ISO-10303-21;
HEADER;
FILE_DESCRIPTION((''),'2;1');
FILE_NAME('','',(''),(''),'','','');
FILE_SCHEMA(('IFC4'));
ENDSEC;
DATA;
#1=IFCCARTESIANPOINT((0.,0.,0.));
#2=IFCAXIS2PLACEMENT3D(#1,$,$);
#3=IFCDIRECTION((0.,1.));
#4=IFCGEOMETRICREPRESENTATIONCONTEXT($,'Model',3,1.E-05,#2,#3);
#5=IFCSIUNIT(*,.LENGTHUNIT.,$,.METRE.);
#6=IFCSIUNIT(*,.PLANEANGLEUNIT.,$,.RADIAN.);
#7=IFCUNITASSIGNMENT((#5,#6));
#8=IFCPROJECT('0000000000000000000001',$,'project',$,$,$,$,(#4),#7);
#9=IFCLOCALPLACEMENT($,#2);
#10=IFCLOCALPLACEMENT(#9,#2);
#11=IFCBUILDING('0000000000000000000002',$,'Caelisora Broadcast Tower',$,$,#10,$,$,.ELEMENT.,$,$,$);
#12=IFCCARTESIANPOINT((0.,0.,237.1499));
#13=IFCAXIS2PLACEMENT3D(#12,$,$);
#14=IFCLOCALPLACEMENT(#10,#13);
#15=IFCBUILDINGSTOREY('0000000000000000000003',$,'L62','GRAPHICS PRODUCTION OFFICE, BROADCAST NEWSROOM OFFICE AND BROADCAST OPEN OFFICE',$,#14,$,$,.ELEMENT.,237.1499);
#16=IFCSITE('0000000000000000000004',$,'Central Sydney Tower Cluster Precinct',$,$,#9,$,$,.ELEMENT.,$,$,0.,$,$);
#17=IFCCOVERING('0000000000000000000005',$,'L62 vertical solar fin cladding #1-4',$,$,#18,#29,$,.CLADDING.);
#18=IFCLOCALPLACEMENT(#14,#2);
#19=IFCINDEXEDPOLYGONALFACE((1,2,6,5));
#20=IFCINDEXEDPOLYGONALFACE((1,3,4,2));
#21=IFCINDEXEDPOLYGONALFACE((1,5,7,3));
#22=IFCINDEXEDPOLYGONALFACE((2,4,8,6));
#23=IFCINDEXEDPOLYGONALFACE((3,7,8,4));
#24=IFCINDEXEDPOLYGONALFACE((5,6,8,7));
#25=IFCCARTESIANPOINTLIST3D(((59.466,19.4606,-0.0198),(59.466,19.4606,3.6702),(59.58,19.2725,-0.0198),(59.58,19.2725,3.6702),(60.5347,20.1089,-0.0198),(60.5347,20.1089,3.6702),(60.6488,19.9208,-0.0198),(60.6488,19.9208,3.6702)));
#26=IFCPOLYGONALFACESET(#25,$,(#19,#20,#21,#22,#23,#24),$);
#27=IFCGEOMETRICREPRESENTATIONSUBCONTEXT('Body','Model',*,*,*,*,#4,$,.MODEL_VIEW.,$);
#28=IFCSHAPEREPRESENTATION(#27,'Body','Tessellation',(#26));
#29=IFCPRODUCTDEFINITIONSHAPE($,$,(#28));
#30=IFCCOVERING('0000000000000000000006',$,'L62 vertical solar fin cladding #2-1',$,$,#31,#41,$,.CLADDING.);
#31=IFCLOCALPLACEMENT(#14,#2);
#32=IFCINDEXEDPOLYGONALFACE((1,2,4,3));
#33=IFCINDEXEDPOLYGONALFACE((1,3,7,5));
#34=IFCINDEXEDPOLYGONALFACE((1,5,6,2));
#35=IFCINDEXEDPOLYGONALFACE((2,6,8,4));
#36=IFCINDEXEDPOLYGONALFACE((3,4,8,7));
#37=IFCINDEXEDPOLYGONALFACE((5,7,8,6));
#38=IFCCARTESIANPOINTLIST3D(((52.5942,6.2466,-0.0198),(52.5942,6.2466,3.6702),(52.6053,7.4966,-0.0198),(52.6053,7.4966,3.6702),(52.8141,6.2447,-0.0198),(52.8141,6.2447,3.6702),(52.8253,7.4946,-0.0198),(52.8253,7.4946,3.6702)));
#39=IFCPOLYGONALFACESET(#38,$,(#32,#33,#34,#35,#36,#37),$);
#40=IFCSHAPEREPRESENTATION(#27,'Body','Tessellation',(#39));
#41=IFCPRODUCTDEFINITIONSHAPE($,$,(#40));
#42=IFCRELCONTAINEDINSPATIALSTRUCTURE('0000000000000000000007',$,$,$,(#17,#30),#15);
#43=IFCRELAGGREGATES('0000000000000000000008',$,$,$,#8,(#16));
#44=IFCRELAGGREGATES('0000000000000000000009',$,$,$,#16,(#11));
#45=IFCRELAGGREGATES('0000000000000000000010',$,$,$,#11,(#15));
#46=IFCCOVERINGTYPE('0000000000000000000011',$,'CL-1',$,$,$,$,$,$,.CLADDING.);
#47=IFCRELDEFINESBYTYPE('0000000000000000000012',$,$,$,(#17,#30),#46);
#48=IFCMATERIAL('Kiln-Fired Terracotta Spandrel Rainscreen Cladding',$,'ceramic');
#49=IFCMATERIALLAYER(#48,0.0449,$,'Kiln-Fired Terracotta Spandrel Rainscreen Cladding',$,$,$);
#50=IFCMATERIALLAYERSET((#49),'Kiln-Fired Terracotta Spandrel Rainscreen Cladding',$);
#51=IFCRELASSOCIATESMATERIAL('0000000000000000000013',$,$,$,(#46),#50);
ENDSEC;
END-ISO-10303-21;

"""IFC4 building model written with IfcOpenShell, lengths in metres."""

from ifc_helpers import new_model, si_unit, direction, frame, origin, origin_2d, place, context, subcontext, project, spatial, rectangle, extrude, source, transform, mapped, material, layer, layer_set, type_object, type_shapes, element, save


model = new_model("IFC4")

# Units and contexts
model_context = context("Model", 3, precision=1e-05, world=origin(), true_north=direction((0.0, 1.0)))
body_context = subcontext(model_context, "Body", "Model", "MODEL_VIEW")
ifc_project = project(units=[si_unit("LENGTHUNIT", "METRE"), si_unit("PLANEANGLEUNIT", "RADIAN")], contexts=[model_context])

# Site, building, storey
site_placement = place(None, origin())
site = spatial("IfcSite", under=ifc_project, at=site_placement, Name="Central Sydney Tower Cluster Precinct", CompositionType="ELEMENT", RefElevation=0.0)
building_placement = place(site_placement, origin())
building = spatial("IfcBuilding", under=site, at=building_placement, Name="Caelisora Broadcast Tower", CompositionType="ELEMENT")
storey_placement = place(building_placement, frame((0.0, 0.0, 237.1499)))
storey = spatial("IfcBuildingStorey", under=building, at=storey_placement, Name="L62", Description="GRAPHICS PRODUCTION OFFICE, BROADCAST NEWSROOM OFFICE AND BROADCAST OPEN OFFICE", CompositionType="ELEMENT", Elevation=237.1499)

# Coverings
ifc_material_1 = material(Name="Kiln-Fired Terracotta Spandrel Rainscreen Cladding", Category="ceramic")
ifc_layer_1 = layer(ifc_material_1, 0.0449, Name="Kiln-Fired Terracotta Spandrel Rainscreen Cladding")
ifc_layer_set_1 = layer_set([ifc_layer_1], Name="Kiln-Fired Terracotta Spandrel Rainscreen Cladding")
covering_type = type_object("IfcCoveringType", Name="CL-1", PredefinedType="CLADDING", material=ifc_layer_set_1)
shared_shape_1 = source(origin(), body_context, "Body", "SweptSolid", [
    extrude(rectangle(XDim=0.22, YDim=1.25, at=origin_2d()), origin(), (0.0, 0.0, 1.0), 3.6899),
])
type_shapes(covering_type, [shared_shape_1])
for number, where, z_axis, x_axis, name in (
    (1, (60.0574, 19.6907, -0.0198), (0.0, 0.0, 1.0), (0.518624, -0.855002, 0.0), "L62 vertical solar fin cladding #1-4"),
    (2, (52.7097, 6.8706, -0.0198), (0.0, 0.0, 1.0), (-0.99996, 0.008901, 0.0), "L62 vertical solar fin cladding #2-1"),
):
    element("IfcCovering", number, at=place(storey_placement, frame(where, z_axis=z_axis, x_axis=x_axis)), inside=storey, type_object=covering_type, Name=name, PredefinedType="CLADDING", context=body_context, shape_type="MappedRepresentation", body=[
        mapped(shared_shape_1, transform((0.0, 0.0, 0.0), scale=1.0)),
    ])

save(model, "model.ifc")
